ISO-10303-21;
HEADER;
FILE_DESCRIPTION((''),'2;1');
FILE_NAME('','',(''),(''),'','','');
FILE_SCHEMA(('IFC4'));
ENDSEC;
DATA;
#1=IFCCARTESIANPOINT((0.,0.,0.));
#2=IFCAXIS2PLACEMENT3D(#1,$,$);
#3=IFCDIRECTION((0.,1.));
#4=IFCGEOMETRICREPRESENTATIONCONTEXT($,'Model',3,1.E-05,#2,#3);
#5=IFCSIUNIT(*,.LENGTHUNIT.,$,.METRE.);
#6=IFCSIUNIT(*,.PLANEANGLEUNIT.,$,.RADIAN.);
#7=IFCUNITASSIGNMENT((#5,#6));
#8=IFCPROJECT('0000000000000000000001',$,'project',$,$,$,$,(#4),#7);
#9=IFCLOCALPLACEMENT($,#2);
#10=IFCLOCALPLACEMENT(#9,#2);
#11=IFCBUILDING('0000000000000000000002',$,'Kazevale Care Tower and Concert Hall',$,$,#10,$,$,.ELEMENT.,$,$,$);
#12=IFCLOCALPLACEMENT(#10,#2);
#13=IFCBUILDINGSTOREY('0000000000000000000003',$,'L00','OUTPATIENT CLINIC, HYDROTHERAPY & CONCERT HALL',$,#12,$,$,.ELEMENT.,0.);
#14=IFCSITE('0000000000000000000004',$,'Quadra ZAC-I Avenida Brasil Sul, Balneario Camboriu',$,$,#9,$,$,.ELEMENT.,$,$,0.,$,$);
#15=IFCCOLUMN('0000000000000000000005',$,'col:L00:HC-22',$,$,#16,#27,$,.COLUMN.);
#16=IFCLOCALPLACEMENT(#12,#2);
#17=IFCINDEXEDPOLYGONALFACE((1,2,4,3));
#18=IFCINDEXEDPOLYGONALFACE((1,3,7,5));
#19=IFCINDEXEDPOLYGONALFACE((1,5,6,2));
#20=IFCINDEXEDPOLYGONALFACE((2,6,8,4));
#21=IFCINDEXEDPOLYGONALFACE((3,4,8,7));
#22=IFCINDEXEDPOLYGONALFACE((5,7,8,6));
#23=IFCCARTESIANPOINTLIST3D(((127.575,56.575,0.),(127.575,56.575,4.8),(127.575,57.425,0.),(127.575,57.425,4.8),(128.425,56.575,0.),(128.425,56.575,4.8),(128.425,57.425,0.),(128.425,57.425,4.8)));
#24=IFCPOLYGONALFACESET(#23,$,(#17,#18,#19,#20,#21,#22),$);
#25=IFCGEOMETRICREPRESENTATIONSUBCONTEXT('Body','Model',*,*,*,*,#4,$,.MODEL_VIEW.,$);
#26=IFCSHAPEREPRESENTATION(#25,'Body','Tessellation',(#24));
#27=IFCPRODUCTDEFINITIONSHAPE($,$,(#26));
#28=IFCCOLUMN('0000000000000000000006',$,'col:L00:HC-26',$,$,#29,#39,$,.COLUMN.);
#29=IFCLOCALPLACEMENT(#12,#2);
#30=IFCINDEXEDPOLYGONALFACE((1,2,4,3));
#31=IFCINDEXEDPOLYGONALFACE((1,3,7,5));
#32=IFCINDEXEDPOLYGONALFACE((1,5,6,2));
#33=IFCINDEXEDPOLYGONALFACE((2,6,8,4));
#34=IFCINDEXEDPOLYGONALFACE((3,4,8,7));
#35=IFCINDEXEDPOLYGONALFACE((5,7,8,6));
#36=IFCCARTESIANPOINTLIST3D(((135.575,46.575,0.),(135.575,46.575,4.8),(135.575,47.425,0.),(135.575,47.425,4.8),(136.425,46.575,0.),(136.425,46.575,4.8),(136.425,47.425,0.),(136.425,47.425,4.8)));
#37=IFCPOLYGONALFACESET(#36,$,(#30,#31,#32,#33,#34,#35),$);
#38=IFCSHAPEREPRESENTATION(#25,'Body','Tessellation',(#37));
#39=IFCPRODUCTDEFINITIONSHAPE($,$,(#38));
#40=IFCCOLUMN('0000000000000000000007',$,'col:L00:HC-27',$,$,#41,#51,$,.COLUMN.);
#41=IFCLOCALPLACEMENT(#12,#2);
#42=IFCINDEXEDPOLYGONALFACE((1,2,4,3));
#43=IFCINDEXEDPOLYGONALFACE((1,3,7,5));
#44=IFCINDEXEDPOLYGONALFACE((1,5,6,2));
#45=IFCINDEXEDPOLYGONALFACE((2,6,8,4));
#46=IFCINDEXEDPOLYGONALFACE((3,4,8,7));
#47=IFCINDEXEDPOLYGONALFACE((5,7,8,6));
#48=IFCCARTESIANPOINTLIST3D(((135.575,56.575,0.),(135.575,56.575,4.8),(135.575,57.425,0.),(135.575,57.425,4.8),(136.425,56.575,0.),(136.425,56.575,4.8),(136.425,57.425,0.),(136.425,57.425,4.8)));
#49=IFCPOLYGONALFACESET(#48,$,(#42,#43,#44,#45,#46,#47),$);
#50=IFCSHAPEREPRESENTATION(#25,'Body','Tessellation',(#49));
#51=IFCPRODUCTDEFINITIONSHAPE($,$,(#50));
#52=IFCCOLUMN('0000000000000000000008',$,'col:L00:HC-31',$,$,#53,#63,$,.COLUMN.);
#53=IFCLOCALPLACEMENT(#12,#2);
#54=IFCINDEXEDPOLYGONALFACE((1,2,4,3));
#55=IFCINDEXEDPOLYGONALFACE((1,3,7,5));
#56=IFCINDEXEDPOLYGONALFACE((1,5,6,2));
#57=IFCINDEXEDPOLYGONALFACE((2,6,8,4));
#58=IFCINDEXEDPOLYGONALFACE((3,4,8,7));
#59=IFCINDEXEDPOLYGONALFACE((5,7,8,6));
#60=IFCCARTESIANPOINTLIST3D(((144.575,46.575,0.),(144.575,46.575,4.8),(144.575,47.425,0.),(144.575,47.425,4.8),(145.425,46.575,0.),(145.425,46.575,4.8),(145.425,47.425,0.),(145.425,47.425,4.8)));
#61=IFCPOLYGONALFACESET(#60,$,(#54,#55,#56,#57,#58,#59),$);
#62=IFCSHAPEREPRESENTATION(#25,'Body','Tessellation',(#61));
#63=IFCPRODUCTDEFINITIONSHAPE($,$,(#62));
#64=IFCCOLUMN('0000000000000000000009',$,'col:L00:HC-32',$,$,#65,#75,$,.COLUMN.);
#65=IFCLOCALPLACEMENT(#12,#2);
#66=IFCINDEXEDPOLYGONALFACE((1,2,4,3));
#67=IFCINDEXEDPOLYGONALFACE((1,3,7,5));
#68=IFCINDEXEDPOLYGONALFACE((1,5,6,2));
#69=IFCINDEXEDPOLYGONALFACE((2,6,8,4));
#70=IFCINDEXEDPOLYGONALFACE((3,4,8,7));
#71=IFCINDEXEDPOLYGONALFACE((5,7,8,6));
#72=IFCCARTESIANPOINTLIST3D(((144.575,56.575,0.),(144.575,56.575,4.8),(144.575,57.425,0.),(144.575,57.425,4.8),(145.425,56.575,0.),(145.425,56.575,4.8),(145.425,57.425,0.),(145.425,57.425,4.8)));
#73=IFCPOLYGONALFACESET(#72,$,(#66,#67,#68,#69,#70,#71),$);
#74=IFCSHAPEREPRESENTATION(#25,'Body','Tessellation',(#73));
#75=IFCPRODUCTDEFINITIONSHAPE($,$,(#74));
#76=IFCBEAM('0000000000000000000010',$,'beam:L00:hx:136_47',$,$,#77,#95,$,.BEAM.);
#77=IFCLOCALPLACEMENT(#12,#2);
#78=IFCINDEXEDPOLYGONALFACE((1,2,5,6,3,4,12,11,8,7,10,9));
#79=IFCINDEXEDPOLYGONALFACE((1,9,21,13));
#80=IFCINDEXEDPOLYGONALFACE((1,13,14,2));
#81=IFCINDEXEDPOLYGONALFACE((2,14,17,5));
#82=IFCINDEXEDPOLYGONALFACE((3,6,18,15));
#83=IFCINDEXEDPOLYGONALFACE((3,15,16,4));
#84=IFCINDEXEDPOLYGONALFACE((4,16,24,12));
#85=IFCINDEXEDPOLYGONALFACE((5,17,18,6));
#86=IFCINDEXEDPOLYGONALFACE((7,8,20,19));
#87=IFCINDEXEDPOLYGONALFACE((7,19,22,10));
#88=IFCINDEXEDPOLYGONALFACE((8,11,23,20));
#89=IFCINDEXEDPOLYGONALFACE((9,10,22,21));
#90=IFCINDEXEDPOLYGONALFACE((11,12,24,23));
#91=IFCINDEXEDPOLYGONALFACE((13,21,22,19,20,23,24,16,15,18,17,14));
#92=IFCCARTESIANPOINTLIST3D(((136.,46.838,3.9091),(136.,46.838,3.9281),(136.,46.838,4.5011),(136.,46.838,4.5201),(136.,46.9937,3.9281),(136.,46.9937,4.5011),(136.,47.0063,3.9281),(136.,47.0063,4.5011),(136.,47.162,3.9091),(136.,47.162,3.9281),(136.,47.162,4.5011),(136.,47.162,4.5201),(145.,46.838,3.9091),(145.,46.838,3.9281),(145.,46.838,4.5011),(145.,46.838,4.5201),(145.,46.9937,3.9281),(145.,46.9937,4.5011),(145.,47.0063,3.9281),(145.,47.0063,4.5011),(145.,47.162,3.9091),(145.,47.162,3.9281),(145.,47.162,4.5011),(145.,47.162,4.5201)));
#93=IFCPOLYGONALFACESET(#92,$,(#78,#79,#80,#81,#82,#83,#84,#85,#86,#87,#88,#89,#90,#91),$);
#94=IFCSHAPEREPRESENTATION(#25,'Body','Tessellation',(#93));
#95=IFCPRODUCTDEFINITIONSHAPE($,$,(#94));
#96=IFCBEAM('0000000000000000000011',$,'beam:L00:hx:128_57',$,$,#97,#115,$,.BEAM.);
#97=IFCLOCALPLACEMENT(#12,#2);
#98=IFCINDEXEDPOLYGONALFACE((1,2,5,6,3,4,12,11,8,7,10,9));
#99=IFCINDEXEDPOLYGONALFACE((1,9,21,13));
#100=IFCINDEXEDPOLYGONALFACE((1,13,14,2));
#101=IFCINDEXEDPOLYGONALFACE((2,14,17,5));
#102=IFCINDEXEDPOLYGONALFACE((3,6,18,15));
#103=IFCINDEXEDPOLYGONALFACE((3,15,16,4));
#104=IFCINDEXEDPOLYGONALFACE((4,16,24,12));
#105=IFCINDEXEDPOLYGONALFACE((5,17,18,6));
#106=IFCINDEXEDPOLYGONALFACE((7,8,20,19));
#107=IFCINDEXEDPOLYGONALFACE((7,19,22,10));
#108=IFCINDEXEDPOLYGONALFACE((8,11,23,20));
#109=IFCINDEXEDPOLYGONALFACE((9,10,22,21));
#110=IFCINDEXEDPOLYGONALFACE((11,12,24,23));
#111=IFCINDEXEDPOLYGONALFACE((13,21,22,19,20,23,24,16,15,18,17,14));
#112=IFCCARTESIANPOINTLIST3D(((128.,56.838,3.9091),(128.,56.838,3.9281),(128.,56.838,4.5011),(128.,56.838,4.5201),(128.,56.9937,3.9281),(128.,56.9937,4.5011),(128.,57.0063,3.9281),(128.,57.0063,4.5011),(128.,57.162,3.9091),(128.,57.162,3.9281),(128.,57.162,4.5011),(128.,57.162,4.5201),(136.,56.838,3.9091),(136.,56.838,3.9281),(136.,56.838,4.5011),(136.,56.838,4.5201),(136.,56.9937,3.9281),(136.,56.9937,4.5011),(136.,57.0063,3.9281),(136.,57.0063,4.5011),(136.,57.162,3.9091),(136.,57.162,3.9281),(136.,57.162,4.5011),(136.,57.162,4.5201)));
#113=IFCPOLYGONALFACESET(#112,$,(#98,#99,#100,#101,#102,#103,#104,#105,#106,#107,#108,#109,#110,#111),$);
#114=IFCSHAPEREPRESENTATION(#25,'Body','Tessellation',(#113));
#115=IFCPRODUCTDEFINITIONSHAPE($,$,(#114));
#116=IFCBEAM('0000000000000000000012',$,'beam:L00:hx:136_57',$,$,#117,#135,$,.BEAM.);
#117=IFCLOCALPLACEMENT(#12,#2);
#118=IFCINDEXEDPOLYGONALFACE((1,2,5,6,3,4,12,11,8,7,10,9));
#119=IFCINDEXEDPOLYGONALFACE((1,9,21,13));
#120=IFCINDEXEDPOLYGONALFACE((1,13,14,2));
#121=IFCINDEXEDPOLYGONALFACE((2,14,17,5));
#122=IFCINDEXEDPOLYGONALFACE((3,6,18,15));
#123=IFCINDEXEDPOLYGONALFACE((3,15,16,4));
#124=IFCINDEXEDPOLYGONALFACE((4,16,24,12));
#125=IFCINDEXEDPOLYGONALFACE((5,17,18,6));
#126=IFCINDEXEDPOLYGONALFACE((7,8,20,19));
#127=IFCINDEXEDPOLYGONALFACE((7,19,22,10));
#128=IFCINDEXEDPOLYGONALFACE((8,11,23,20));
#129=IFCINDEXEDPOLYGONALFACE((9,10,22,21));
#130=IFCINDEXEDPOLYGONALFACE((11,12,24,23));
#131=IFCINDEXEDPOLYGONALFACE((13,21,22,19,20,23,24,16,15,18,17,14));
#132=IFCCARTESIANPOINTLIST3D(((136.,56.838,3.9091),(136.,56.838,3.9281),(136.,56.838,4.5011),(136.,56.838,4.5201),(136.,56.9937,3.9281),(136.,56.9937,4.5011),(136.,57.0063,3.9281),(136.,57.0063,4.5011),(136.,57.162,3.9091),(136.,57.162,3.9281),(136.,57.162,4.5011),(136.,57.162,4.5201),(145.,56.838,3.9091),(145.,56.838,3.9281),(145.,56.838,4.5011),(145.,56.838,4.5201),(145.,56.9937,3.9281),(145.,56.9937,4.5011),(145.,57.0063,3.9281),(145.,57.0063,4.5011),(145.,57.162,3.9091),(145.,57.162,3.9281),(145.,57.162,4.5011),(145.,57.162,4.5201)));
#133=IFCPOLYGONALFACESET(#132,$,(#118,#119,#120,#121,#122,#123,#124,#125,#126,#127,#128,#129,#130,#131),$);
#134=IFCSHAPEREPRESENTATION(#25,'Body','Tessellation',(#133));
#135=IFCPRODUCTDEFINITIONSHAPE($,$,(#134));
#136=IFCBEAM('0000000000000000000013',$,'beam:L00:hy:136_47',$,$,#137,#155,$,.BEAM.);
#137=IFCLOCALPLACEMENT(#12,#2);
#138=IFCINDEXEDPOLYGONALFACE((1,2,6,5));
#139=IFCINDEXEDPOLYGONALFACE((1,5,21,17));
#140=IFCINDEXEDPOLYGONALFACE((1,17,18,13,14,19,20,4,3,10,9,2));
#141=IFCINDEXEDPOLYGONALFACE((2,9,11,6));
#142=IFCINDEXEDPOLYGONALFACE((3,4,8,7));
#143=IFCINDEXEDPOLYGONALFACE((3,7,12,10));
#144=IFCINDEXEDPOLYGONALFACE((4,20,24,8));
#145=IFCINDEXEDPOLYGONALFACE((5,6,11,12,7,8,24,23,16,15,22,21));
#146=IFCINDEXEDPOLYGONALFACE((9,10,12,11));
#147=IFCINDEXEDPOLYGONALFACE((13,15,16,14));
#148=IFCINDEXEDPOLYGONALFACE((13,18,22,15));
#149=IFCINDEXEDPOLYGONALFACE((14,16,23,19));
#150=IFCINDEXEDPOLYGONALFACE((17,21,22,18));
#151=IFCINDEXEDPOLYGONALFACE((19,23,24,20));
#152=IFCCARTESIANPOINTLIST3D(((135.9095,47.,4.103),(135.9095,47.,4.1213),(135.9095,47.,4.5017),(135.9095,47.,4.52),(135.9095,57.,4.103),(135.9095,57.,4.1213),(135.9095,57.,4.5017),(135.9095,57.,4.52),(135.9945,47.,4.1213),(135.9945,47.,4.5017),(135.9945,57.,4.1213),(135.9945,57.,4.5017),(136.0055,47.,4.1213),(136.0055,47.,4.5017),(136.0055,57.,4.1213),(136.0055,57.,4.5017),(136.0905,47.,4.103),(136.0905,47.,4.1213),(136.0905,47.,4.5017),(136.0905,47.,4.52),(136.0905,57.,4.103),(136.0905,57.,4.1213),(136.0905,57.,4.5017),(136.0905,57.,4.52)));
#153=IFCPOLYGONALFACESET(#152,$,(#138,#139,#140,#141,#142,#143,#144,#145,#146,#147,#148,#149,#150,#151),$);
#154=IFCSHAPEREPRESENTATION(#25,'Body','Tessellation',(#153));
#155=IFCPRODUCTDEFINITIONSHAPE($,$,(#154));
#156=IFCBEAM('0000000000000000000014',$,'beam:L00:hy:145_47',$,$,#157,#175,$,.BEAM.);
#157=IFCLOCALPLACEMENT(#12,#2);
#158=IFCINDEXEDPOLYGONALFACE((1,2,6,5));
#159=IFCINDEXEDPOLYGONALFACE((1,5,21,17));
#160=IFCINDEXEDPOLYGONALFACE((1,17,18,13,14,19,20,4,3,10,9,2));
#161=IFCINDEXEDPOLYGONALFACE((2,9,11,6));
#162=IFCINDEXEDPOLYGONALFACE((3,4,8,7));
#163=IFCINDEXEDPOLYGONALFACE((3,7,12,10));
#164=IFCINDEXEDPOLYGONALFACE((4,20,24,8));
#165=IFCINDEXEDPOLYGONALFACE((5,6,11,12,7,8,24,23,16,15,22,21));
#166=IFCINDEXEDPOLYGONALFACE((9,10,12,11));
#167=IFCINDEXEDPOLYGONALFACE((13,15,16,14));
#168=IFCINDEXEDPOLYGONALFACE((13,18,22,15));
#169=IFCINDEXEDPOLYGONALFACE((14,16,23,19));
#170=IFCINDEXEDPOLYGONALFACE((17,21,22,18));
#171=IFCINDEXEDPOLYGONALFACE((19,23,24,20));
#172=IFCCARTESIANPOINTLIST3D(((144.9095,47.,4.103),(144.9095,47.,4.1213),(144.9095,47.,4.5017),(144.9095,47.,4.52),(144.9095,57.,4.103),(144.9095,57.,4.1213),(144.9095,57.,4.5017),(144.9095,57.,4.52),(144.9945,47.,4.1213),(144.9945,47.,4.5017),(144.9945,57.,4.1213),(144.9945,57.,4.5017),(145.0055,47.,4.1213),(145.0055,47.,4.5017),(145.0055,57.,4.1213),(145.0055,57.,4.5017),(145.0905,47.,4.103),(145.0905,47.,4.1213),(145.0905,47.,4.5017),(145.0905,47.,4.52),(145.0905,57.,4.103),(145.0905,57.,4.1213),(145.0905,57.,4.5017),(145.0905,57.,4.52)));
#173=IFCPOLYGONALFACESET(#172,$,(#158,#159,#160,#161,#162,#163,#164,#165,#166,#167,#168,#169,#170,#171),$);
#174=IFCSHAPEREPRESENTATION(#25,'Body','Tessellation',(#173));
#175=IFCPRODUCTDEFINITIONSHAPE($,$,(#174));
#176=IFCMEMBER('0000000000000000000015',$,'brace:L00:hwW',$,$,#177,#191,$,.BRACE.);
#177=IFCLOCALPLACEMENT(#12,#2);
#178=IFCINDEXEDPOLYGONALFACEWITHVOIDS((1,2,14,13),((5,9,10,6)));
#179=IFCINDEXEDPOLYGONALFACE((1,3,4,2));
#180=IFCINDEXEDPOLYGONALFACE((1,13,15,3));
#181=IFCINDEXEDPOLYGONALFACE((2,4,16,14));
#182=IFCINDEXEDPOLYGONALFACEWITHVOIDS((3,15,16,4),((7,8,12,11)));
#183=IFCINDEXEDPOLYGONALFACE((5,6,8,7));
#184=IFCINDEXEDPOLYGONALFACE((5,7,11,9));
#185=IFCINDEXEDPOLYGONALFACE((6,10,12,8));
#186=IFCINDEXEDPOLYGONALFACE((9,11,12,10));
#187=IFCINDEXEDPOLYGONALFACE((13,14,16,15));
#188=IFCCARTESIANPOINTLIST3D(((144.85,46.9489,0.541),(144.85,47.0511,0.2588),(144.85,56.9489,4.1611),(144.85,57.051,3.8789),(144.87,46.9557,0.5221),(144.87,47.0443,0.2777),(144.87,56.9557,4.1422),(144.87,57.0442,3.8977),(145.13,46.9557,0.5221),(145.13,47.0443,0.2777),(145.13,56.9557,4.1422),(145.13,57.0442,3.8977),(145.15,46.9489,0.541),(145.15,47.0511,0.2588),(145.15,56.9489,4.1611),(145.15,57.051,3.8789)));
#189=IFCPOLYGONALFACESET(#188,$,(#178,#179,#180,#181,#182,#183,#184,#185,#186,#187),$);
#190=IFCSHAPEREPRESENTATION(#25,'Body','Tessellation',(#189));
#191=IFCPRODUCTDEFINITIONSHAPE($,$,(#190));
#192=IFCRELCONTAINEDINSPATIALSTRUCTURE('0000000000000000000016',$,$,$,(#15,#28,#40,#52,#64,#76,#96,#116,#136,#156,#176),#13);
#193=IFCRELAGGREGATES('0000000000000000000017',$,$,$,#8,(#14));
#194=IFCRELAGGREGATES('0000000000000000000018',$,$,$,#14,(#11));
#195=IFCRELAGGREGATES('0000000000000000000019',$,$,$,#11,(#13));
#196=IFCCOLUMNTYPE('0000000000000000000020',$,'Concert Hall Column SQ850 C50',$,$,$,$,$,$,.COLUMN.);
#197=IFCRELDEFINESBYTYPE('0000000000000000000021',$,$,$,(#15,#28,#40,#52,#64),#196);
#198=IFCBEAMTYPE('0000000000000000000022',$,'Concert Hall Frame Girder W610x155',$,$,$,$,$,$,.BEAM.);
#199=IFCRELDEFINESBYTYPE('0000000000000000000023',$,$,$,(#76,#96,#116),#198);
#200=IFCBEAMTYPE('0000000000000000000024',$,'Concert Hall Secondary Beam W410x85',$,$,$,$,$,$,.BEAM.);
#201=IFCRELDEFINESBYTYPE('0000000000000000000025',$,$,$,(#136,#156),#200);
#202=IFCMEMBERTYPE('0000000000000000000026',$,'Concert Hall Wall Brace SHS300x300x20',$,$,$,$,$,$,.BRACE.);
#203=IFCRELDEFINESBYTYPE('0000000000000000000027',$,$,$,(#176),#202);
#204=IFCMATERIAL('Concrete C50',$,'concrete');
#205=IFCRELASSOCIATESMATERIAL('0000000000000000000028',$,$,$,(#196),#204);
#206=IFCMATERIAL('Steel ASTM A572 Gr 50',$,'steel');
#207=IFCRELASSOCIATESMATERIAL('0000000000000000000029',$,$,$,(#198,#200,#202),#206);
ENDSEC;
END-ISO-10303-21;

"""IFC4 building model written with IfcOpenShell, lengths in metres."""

from ifc_helpers import new_model, si_unit, direction, frame, origin, origin_2d, place, context, subcontext, project, spatial, rectangle, hollow_rectangle, i_section, extrude, material, material_profile, profile_set, type_object, element, save


model = new_model("IFC4")

# Units and contexts
model_context = context("Model", 3, precision=1e-05, world=origin(), true_north=direction((0.0, 1.0)))
body_context = subcontext(model_context, "Body", "Model", "MODEL_VIEW")
ifc_project = project(units=[si_unit("LENGTHUNIT", "METRE"), si_unit("PLANEANGLEUNIT", "RADIAN")], contexts=[model_context])

# Site, building, storey
site_placement = place(None, origin())
site = spatial("IfcSite", under=ifc_project, at=site_placement, Name="Quadra ZAC-I Avenida Brasil Sul, Balneario Camboriu", CompositionType="ELEMENT", RefElevation=0.0)
building_placement = place(site_placement, origin())
building = spatial("IfcBuilding", under=site, at=building_placement, Name="Kazevale Care Tower and Concert Hall", CompositionType="ELEMENT")
storey_placement = place(building_placement, origin())
storey = spatial("IfcBuildingStorey", under=building, at=storey_placement, Name="L00", Description="OUTPATIENT CLINIC, HYDROTHERAPY & CONCERT HALL", CompositionType="ELEMENT", Elevation=0.0)

# Columns
ifc_material_1 = material(Name="Concrete C50", Category="concrete")
ifc_material_profile_1 = material_profile(ifc_material_1, rectangle(XDim=0.8501, YDim=0.8501, at=origin_2d()), Name="RC-SQ850")
ifc_profile_set_1 = profile_set([ifc_material_profile_1], Name="Concrete C50")
column_type = type_object("IfcColumnType", Name="Concert Hall Column SQ850 C50", PredefinedType="COLUMN", material=ifc_profile_set_1)
for number, where, z_axis, x_axis, name in (
    (1, (128.0, 57.0, 0.0), (0.0, 0.0, 1.0), (1.0, 0.0, 0.0), "col:L00:HC-22"),
    (2, (136.0, 47.0, 0.0), (0.0, 0.0, 1.0), (1.0, 0.0, 0.0), "col:L00:HC-26"),
    (3, (136.0, 57.0, 0.0), (0.0, 0.0, 1.0), (1.0, 0.0, 0.0), "col:L00:HC-27"),
    (4, (145.0, 47.0, 0.0), (0.0, 0.0, 1.0), (1.0, 0.0, 0.0), "col:L00:HC-31"),
    (5, (145.0, 57.0, 0.0), (0.0, 0.0, 1.0), (1.0, 0.0, 0.0), "col:L00:HC-32"),
):
    element("IfcColumn", number, at=place(storey_placement, frame(where, z_axis=z_axis, x_axis=x_axis)), inside=storey, type_object=column_type, Name=name, PredefinedType="COLUMN", context=body_context, shape_type="SweptSolid", body=[
        extrude(rectangle(XDim=0.8501, YDim=0.8501, at=origin_2d()), origin(), (0.0, 0.0, 1.0), 4.8),
    ])

# Beams
ifc_material_2 = material(Name="Steel ASTM A572 Gr 50", Category="steel")
ifc_material_profile_2 = material_profile(ifc_material_2, i_section(OverallWidth=0.324, OverallDepth=0.6111, WebThickness=0.0127, FlangeThickness=0.019, at=origin_2d()), Name="W610x155")
ifc_profile_set_2 = profile_set([ifc_material_profile_2], Name="Steel ASTM A572 Gr 50")
beam_type_1 = type_object("IfcBeamType", Name="Concert Hall Frame Girder W610x155", PredefinedType="BEAM", material=ifc_profile_set_2)
beam_1_placement = place(storey_placement, frame((136.0, 47.0, 4.2146), z_axis=(1.0, 0.0, 0.0), x_axis=(0.0, 1.0, 0.0)))
element("IfcBeam", 6, at=beam_1_placement, inside=storey, type_object=beam_type_1, Name="beam:L00:hx:136_47", PredefinedType="BEAM", context=body_context, shape_type="SweptSolid", body=[
    extrude(i_section(OverallWidth=0.324, OverallDepth=0.6111, WebThickness=0.0127, FlangeThickness=0.019, at=origin_2d()), origin(), (0.0, 0.0, 1.0), 9.0),
])
beam_2_placement = place(storey_placement, frame((128.0, 57.0, 4.2146), z_axis=(1.0, 0.0, 0.0), x_axis=(0.0, 1.0, 0.0)))
element("IfcBeam", 7, at=beam_2_placement, inside=storey, type_object=beam_type_1, Name="beam:L00:hx:128_57", PredefinedType="BEAM", context=body_context, shape_type="SweptSolid", body=[
    extrude(i_section(OverallWidth=0.324, OverallDepth=0.6111, WebThickness=0.0127, FlangeThickness=0.019, at=origin_2d()), origin(), (0.0, 0.0, 1.0), 8.0),
])
beam_3_placement = place(storey_placement, frame((136.0, 57.0, 4.2146), z_axis=(1.0, 0.0, 0.0), x_axis=(0.0, 1.0, 0.0)))
element("IfcBeam", 8, at=beam_3_placement, inside=storey, type_object=beam_type_1, Name="beam:L00:hx:136_57", PredefinedType="BEAM", context=body_context, shape_type="SweptSolid", body=[
    extrude(i_section(OverallWidth=0.324, OverallDepth=0.6111, WebThickness=0.0127, FlangeThickness=0.019, at=origin_2d()), origin(), (0.0, 0.0, 1.0), 9.0),
])
ifc_material_profile_3 = material_profile(ifc_material_2, i_section(OverallWidth=0.1809, OverallDepth=0.417, WebThickness=0.011, FlangeThickness=0.0183, at=origin_2d()), Name="W410x85")
ifc_profile_set_3 = profile_set([ifc_material_profile_3], Name="Steel ASTM A572 Gr 50")
beam_type_2 = type_object("IfcBeamType", Name="Concert Hall Secondary Beam W410x85", PredefinedType="BEAM", material=ifc_profile_set_3)
for number, where, z_axis, x_axis, name in (
    (9, (136.0, 47.0, 4.3115), (0.0, 1.0, 0.0), (-1.0, 0.0, 0.0), "beam:L00:hy:136_47"),
    (10, (145.0, 47.0, 4.3115), (0.0, 1.0, 0.0), (-1.0, 0.0, 0.0), "beam:L00:hy:145_47"),
):
    element("IfcBeam", number, at=place(storey_placement, frame(where, z_axis=z_axis, x_axis=x_axis)), inside=storey, type_object=beam_type_2, Name=name, PredefinedType="BEAM", context=body_context, shape_type="SweptSolid", body=[
        extrude(i_section(OverallWidth=0.1809, OverallDepth=0.417, WebThickness=0.011, FlangeThickness=0.0183, at=origin_2d()), origin(), (0.0, 0.0, 1.0), 10.0),
    ])

# Member
ifc_material_profile_4 = material_profile(ifc_material_2, hollow_rectangle(XDim=0.3, YDim=0.3, WallThickness=0.02, at=origin_2d()), Name="SHS300x300x20")
ifc_profile_set_4 = profile_set([ifc_material_profile_4], Name="Steel ASTM A572 Gr 50")
member_type = type_object("IfcMemberType", Name="Concert Hall Wall Brace SHS300x300x20", PredefinedType="BRACE", material=ifc_profile_set_4)
member_placement = place(storey_placement, frame((145.0, 47.0, 0.3999), z_axis=(0.0, 0.940283, 0.340393), x_axis=(-1.0, 0.0, 0.0)))
element("IfcMember", 11, at=member_placement, inside=storey, type_object=member_type, Name="brace:L00:hwW", PredefinedType="BRACE", context=body_context, shape_type="SweptSolid", body=[
    extrude(hollow_rectangle(XDim=0.3, YDim=0.3, WallThickness=0.02, at=origin_2d()), origin(), (0.0, 0.0, 1.0), 10.635),
])

save(model, "model.ifc")
